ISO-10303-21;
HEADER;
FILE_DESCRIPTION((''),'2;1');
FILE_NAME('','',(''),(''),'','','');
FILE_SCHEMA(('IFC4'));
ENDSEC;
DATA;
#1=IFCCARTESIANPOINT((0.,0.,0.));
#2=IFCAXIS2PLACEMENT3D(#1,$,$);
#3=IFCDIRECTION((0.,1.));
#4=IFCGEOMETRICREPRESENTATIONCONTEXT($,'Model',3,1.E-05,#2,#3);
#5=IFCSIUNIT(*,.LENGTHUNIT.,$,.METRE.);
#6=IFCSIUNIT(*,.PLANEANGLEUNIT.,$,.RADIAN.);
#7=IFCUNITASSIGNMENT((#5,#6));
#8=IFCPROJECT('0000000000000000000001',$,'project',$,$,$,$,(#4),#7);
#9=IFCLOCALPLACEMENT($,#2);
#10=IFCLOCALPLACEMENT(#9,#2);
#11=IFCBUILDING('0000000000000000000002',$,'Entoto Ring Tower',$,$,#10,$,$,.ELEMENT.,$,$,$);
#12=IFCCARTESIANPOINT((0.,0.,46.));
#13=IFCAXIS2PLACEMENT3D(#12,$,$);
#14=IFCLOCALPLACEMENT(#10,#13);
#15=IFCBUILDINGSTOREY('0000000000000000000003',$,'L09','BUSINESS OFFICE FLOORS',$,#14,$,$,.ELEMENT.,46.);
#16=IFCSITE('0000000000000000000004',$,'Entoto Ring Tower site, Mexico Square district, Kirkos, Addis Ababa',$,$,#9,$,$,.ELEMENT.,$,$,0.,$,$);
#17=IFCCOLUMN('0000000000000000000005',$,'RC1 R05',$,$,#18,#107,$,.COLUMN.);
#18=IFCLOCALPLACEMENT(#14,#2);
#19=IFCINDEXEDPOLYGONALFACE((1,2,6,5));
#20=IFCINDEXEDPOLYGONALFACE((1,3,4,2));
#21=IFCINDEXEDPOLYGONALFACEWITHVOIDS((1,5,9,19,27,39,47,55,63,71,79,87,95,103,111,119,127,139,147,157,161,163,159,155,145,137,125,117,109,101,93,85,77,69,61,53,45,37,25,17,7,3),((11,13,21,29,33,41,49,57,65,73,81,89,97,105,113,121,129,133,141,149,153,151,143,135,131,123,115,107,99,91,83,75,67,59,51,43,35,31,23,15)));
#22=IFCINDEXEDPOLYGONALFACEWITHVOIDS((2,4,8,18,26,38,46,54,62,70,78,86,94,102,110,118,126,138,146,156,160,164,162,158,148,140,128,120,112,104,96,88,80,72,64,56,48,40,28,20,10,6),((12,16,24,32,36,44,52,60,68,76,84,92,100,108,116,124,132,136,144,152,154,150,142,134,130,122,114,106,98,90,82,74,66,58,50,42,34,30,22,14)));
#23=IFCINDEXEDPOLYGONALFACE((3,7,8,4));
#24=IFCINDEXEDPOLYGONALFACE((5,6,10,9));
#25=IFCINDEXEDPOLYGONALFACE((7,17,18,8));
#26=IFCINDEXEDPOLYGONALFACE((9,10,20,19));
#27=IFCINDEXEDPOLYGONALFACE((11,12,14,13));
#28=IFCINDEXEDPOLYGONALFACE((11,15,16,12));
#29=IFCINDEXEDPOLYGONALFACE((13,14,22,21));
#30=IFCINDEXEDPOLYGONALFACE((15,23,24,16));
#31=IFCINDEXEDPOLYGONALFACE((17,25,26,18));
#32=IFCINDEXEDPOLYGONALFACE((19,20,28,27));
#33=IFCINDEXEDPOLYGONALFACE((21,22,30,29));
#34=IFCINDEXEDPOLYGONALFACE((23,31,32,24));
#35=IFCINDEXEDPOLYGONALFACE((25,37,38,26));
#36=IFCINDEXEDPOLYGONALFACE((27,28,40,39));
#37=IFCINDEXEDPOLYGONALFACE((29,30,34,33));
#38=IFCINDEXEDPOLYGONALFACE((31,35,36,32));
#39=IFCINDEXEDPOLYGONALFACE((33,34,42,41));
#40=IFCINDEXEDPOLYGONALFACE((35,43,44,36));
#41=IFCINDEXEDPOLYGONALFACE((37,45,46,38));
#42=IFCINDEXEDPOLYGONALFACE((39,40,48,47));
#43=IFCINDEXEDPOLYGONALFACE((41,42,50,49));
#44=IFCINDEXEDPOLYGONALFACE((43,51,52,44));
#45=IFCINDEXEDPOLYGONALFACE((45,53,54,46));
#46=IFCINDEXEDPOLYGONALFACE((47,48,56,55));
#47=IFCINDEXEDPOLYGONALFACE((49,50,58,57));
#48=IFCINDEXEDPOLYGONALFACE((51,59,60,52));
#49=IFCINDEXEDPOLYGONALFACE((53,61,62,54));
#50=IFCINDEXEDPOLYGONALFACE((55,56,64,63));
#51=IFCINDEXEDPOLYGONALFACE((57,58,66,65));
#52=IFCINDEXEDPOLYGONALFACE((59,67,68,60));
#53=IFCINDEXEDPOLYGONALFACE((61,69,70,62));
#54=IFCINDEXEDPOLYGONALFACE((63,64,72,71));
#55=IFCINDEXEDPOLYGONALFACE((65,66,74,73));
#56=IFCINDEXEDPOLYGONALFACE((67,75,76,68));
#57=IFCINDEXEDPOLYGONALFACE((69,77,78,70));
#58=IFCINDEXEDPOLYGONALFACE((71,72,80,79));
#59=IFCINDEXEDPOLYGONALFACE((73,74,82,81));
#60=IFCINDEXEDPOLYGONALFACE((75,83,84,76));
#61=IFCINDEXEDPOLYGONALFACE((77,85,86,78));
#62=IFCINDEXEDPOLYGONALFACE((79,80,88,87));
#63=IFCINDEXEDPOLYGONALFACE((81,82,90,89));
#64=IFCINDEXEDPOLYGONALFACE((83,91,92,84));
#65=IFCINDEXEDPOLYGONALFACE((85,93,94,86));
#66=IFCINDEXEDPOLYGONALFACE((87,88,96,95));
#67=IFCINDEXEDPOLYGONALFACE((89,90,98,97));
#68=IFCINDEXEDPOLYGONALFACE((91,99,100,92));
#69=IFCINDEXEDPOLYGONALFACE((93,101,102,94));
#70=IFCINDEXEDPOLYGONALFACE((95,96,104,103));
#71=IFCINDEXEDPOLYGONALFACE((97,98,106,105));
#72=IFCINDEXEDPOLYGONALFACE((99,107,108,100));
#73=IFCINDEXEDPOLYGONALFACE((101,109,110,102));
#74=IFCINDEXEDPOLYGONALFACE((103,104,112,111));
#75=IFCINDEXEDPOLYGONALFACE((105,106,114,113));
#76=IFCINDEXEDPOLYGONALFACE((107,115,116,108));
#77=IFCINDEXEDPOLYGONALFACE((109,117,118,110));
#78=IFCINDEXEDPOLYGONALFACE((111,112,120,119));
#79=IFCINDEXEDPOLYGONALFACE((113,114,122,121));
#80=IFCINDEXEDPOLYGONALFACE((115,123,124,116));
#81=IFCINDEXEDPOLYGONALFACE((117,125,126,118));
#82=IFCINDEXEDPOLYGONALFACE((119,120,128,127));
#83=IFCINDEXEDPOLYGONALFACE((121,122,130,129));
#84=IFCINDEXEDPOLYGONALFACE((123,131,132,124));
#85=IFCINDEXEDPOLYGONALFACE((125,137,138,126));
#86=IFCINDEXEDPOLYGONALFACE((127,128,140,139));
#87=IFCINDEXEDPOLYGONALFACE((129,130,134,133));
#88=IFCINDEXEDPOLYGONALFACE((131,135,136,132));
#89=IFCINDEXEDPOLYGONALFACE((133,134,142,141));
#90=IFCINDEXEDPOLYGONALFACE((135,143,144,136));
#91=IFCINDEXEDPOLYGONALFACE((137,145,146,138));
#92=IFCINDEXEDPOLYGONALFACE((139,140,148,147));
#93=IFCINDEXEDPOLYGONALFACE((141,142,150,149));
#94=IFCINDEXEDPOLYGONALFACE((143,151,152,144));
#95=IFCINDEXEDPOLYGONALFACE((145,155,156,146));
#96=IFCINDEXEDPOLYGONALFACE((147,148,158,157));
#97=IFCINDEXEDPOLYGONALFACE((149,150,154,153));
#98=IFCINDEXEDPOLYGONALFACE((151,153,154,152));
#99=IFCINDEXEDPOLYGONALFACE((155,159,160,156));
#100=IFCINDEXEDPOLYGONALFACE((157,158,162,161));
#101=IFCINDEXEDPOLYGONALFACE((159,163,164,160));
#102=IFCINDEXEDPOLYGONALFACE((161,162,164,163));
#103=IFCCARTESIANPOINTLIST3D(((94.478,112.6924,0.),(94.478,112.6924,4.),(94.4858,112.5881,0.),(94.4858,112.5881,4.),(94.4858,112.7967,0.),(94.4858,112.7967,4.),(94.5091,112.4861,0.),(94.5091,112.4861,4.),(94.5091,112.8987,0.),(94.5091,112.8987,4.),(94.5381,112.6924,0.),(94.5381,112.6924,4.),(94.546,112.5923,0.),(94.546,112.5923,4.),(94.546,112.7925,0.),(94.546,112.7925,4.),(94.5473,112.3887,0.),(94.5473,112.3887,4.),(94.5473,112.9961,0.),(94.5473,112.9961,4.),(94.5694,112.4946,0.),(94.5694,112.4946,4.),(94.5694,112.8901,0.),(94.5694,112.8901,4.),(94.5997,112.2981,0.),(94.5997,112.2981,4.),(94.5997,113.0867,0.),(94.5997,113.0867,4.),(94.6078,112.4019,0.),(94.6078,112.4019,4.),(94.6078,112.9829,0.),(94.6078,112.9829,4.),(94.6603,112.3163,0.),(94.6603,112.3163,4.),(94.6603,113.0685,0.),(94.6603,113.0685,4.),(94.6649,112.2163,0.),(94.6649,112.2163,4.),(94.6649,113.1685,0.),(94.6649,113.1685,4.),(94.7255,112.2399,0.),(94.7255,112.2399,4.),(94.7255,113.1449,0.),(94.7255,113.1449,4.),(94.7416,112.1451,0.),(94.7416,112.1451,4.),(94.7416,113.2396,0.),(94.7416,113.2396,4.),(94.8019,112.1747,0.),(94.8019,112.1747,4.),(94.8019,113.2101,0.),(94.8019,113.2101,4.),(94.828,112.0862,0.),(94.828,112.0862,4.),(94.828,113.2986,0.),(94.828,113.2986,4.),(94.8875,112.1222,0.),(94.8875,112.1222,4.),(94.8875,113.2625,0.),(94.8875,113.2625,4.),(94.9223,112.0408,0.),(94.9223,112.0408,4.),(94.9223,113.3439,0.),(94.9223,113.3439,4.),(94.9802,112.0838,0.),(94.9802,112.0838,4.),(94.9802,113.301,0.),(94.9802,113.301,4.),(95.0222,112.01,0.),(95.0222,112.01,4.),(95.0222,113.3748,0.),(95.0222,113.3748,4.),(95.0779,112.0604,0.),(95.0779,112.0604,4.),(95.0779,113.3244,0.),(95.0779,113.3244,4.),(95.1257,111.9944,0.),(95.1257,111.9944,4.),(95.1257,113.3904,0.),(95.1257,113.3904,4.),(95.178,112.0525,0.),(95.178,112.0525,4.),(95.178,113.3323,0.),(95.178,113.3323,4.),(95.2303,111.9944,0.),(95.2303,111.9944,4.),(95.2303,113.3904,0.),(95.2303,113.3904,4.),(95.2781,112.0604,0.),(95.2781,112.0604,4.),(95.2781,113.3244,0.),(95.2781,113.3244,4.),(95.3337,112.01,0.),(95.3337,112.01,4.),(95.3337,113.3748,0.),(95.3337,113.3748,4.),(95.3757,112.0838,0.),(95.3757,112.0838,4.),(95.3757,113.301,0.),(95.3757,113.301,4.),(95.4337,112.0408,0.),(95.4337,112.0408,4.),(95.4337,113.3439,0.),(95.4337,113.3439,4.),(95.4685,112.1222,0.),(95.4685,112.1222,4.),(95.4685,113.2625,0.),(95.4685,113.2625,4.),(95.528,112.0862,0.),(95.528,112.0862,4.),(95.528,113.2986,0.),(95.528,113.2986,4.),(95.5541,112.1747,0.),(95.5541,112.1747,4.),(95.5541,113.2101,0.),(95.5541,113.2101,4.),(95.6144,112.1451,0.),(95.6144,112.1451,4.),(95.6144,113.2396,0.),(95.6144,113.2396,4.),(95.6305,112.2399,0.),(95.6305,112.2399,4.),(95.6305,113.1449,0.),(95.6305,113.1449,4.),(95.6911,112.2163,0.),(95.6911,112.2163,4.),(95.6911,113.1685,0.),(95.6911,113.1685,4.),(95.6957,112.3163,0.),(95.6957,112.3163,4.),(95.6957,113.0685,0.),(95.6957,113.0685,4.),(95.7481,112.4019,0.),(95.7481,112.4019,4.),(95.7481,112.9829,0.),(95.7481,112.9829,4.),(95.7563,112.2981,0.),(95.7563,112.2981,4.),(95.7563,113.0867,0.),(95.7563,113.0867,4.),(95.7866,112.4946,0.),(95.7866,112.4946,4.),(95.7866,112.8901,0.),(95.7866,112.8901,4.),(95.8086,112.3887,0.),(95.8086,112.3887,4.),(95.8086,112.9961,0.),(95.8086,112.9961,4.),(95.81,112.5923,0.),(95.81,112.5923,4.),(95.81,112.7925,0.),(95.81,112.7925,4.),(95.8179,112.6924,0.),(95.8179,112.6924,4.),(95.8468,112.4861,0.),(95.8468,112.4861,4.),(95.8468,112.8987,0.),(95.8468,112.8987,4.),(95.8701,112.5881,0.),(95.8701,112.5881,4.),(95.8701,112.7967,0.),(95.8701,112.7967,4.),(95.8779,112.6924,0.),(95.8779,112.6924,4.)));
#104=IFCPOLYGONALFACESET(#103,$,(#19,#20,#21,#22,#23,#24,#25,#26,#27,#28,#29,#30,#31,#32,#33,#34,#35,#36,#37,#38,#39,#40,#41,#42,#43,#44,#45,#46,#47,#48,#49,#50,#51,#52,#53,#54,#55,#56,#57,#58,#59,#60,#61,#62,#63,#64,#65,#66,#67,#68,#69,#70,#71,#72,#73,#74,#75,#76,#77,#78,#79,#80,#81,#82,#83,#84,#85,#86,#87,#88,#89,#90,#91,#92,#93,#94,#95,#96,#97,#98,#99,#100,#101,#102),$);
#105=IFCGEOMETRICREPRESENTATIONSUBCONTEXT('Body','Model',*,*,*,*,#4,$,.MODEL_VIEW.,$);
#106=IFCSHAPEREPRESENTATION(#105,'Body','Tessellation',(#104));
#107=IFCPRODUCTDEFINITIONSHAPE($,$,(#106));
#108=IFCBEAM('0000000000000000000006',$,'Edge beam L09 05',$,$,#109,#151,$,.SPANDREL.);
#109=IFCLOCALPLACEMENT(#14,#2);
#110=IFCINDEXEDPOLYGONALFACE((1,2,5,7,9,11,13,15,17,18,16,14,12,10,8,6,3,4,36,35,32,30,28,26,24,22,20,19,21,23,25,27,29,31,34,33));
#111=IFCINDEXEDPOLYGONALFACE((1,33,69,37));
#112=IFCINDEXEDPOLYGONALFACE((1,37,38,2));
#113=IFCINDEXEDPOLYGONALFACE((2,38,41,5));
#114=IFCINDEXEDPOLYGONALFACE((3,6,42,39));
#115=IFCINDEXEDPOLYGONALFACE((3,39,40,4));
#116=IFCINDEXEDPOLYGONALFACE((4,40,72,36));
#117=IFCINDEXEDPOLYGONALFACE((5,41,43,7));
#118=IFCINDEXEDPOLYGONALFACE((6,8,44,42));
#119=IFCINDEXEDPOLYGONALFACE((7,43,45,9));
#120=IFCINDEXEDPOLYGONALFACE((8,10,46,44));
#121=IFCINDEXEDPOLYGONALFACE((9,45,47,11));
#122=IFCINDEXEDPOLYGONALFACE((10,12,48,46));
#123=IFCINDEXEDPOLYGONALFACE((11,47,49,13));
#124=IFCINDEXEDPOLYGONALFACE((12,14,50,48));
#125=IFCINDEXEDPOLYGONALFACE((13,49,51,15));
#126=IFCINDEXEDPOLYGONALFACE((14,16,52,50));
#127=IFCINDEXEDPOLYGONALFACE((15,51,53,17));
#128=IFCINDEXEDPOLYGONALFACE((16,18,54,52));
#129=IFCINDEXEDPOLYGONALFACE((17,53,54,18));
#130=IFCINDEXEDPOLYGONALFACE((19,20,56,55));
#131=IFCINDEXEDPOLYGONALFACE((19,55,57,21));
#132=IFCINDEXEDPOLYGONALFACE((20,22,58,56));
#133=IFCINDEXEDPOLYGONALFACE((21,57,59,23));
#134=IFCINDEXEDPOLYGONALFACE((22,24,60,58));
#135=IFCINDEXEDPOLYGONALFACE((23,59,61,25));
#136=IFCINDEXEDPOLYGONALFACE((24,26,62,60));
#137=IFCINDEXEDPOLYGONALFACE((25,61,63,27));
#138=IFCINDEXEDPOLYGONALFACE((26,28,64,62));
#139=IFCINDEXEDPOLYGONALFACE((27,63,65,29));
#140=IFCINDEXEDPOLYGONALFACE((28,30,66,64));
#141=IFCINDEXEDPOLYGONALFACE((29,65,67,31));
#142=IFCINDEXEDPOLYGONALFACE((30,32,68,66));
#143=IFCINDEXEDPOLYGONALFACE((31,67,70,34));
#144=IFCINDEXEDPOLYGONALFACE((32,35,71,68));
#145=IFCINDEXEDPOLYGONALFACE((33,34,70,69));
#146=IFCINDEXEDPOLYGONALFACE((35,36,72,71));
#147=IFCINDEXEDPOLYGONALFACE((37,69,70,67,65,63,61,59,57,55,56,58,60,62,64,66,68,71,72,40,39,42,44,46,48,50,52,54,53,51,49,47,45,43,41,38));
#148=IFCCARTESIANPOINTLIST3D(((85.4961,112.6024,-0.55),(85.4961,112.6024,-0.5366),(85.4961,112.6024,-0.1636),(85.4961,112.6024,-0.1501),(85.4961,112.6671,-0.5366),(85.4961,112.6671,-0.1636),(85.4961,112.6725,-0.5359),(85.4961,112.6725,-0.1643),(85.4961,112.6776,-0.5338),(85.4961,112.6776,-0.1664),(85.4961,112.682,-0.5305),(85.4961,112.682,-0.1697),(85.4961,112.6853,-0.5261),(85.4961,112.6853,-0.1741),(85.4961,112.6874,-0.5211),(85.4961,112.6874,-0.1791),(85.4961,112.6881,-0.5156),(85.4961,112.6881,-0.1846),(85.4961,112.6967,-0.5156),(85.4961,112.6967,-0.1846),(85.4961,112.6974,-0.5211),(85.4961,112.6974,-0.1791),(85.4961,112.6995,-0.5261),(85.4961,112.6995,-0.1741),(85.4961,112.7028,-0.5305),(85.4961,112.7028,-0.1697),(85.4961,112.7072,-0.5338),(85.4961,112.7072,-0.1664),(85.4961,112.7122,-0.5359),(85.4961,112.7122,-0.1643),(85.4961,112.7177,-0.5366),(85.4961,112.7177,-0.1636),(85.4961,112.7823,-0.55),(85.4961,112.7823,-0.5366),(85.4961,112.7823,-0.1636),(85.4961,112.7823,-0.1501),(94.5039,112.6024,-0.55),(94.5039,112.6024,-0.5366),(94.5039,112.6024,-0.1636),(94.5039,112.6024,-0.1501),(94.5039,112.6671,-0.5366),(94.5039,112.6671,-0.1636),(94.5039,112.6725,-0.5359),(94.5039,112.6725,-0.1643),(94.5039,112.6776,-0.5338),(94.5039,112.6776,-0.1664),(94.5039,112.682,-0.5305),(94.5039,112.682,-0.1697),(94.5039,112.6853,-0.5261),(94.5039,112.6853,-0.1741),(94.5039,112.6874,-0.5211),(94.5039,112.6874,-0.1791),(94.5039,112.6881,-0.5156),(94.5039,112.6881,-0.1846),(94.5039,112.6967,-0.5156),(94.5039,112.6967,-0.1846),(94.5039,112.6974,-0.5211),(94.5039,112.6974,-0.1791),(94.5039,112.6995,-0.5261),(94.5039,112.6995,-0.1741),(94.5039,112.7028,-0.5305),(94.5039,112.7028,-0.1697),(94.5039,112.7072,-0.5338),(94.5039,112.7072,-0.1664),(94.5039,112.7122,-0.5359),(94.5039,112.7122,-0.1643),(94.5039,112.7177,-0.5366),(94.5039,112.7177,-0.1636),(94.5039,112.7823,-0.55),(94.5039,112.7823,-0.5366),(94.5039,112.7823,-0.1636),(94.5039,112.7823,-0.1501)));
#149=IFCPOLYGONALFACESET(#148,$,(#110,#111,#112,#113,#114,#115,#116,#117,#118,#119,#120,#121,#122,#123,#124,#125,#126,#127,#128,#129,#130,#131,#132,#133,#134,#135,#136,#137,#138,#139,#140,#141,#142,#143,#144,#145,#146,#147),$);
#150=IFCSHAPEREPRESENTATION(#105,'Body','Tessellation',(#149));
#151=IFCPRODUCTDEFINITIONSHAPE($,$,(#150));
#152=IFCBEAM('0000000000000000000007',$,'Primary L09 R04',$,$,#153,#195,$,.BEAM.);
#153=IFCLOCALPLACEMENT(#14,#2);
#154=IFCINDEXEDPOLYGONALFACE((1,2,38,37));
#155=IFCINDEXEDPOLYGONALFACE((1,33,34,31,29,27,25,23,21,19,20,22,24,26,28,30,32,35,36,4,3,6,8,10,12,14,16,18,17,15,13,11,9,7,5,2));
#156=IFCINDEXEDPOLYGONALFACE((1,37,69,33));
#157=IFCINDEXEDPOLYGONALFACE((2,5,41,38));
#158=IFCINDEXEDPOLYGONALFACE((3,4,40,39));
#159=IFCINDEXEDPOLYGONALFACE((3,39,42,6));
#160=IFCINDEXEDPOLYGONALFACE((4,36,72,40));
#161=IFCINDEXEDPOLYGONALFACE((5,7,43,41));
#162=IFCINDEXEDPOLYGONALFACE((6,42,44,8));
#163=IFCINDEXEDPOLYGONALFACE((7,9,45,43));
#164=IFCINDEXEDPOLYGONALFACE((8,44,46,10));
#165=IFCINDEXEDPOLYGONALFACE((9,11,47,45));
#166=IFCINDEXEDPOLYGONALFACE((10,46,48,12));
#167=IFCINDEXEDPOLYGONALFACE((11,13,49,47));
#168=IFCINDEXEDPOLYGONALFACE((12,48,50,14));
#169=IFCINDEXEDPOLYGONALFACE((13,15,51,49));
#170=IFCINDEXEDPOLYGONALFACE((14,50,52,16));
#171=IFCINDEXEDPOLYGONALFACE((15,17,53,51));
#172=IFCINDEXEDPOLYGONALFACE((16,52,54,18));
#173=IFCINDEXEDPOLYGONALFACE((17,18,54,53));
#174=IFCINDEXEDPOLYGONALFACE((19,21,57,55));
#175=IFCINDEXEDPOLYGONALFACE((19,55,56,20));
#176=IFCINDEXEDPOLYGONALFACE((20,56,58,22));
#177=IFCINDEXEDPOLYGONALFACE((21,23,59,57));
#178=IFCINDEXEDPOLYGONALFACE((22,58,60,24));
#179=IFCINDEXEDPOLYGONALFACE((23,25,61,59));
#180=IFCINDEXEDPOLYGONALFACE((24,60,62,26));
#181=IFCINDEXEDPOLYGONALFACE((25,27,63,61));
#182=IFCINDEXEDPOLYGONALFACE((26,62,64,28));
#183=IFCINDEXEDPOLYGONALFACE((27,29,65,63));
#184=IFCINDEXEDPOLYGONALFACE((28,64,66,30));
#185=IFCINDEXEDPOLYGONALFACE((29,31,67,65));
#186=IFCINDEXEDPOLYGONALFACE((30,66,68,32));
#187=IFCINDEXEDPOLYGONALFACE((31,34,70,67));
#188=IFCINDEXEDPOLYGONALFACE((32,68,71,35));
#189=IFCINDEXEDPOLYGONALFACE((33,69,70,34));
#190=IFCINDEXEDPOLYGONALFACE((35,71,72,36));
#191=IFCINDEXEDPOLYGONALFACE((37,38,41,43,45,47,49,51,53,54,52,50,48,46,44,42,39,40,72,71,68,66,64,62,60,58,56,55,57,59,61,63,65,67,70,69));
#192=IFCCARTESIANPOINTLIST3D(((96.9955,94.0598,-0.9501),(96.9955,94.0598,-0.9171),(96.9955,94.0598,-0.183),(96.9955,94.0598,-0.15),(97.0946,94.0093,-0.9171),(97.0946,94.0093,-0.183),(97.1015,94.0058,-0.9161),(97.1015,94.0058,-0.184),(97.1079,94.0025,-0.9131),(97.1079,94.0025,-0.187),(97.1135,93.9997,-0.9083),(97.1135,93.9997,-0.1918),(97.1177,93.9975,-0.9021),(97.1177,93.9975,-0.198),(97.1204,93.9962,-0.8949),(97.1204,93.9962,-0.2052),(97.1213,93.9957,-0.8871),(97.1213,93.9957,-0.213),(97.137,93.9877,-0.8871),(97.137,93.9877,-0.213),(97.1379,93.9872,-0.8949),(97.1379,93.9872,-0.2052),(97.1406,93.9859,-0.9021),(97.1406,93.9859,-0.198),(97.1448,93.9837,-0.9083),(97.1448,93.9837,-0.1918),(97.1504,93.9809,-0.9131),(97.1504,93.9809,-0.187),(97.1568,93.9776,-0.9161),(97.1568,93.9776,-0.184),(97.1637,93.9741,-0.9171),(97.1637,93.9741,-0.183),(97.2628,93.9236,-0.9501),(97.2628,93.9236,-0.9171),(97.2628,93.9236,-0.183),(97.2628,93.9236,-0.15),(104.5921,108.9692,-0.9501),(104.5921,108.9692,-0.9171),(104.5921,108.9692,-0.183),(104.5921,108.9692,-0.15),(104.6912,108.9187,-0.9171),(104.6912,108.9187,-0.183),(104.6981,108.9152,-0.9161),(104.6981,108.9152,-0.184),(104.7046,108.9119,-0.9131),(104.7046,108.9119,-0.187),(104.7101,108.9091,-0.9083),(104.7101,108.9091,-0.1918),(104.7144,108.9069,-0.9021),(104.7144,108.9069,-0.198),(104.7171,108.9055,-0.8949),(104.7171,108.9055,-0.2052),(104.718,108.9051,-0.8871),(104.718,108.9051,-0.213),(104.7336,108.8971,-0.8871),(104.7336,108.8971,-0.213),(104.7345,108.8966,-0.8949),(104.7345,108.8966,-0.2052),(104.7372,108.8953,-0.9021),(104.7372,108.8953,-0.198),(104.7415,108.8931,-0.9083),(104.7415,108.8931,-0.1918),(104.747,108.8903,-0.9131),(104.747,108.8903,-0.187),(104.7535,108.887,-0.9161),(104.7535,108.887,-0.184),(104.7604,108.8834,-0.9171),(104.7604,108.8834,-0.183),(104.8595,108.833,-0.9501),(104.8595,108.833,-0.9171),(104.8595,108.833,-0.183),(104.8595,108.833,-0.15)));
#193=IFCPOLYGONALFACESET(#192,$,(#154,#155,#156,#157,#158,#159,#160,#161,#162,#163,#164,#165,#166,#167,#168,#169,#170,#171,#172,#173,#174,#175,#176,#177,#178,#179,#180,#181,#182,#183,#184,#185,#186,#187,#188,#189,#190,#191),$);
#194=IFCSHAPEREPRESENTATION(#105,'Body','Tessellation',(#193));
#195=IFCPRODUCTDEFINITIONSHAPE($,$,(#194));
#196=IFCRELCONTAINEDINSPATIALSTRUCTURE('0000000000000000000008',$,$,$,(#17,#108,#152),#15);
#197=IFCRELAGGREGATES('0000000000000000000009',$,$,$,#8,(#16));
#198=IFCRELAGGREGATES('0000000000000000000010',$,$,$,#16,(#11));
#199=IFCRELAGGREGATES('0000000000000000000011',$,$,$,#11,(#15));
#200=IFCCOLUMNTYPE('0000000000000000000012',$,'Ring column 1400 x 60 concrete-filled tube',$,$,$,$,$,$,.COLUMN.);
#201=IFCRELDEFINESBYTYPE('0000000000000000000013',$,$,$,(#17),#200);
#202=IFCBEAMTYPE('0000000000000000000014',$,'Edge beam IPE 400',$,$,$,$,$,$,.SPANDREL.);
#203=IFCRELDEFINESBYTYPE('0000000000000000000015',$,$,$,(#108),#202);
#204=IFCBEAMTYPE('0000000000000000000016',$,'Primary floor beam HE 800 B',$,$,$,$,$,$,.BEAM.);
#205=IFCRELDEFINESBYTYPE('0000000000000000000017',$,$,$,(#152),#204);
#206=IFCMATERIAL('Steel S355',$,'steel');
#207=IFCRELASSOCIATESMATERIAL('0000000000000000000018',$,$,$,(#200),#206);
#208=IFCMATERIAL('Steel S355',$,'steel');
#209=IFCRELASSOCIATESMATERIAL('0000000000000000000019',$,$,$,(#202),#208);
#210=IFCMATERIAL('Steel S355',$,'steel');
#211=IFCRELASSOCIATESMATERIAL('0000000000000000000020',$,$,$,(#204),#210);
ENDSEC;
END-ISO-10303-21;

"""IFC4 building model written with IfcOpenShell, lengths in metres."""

from ifc_helpers import new_model, si_unit, direction, frame, origin, origin_2d, place, context, subcontext, project, spatial, circle, hollow_circle, i_section, extrude, material, material_profile, profile_set, type_object, element, save


model = new_model("IFC4")

# Units and contexts
model_context = context("Model", 3, precision=1e-05, world=origin(), true_north=direction((0.0, 1.0)))
body_context = subcontext(model_context, "Body", "Model", "MODEL_VIEW")
ifc_project = project(units=[si_unit("LENGTHUNIT", "METRE"), si_unit("PLANEANGLEUNIT", "RADIAN")], contexts=[model_context])

# Site, building, storey
site_placement = place(None, origin())
site = spatial("IfcSite", under=ifc_project, at=site_placement, Name="Entoto Ring Tower site, Mexico Square district, Kirkos, Addis Ababa", CompositionType="ELEMENT", RefElevation=0.0)
building_placement = place(site_placement, origin())
building = spatial("IfcBuilding", under=site, at=building_placement, Name="Entoto Ring Tower", CompositionType="ELEMENT")
storey_placement = place(building_placement, frame((0.0, 0.0, 46.0)))
storey = spatial("IfcBuildingStorey", under=building, at=storey_placement, Name="L09", Description="BUSINESS OFFICE FLOORS", CompositionType="ELEMENT", Elevation=46.0)

# Column
ifc_material_1 = material(Name="Steel S355", Category="steel")
ifc_material_profile_1 = material_profile(ifc_material_1, hollow_circle(Radius=0.7, WallThickness=0.0601, at=origin_2d()), Name="CHS 1400 x 60")
ifc_material_2 = material(Name="Concrete C60/75", Category="concrete")
ifc_material_profile_2 = material_profile(ifc_material_2, circle(Radius=0.6399, at=origin_2d()), Name="Concrete C60/75 infill")
ifc_profile_set_1 = profile_set([ifc_material_profile_1, ifc_material_profile_2], Name="Steel S355")
column_type = type_object("IfcColumnType", Name="Ring column 1400 x 60 concrete-filled tube", PredefinedType="COLUMN", material=ifc_profile_set_1)
column_placement = place(storey_placement, frame((95.178, 112.6924, 0.0), z_axis=(0.0, 0.0, 1.0), x_axis=(1.0, 0.0, 0.0)))
element("IfcColumn", 1, at=column_placement, inside=storey, type_object=column_type, Name="RC1 R05", PredefinedType="COLUMN", context=body_context, shape_type="SweptSolid", body=[
    extrude(hollow_circle(Radius=0.7, WallThickness=0.0601, at=origin_2d()), origin(), (0.0, 0.0, 1.0), 4.0),
])

# Beams
ifc_material_3 = material(Name="Steel S355", Category="steel")
ifc_material_profile_3 = material_profile(ifc_material_3, i_section(OverallWidth=0.1799, OverallDepth=0.3999, WebThickness=0.0085, FlangeThickness=0.0134, FilletRadius=0.021, at=origin_2d()), Name="IPE 400")
ifc_profile_set_2 = profile_set([ifc_material_profile_3], Name="Steel S355")
beam_type_1 = type_object("IfcBeamType", Name="Edge beam IPE 400", PredefinedType="SPANDREL", material=ifc_profile_set_2)
beam_1_placement = place(storey_placement, frame((94.5039, 112.6924, -0.3501), z_axis=(-1.0, 0.0, 0.0), x_axis=(0.0, -1.0, 0.0)))
element("IfcBeam", 2, at=beam_1_placement, inside=storey, type_object=beam_type_1, Name="Edge beam L09 05", PredefinedType="SPANDREL", context=body_context, shape_type="SweptSolid", body=[
    extrude(i_section(OverallWidth=0.1799, OverallDepth=0.3999, WebThickness=0.0085, FlangeThickness=0.0134, FilletRadius=0.021, at=origin_2d()), origin(), (0.0, 0.0, 1.0), 9.0078),
])
ifc_material_4 = material(Name="Steel S355", Category="steel")
ifc_material_profile_4 = material_profile(ifc_material_4, i_section(OverallWidth=0.3, OverallDepth=0.8, WebThickness=0.0176, FlangeThickness=0.033, FilletRadius=0.03, at=origin_2d()), Name="HE 800 B")
ifc_profile_set_3 = profile_set([ifc_material_profile_4], Name="Steel S355")
beam_type_2 = type_object("IfcBeamType", Name="Primary floor beam HE 800 B", PredefinedType="BEAM", material=ifc_profile_set_3)
beam_2_placement = place(storey_placement, frame((97.1292, 93.9917, -0.55), z_axis=(0.453988, 0.891008, 0.0), x_axis=(-0.891008, 0.453988, 0.0)))
element("IfcBeam", 3, at=beam_2_placement, inside=storey, type_object=beam_type_2, Name="Primary L09 R04", PredefinedType="BEAM", context=body_context, shape_type="SweptSolid", body=[
    extrude(i_section(OverallWidth=0.3, OverallDepth=0.8, WebThickness=0.0176, FlangeThickness=0.033, FilletRadius=0.03, at=origin_2d()), origin(), (0.0, 0.0, 1.0), 16.7332),
])

save(model, "model.ifc")
